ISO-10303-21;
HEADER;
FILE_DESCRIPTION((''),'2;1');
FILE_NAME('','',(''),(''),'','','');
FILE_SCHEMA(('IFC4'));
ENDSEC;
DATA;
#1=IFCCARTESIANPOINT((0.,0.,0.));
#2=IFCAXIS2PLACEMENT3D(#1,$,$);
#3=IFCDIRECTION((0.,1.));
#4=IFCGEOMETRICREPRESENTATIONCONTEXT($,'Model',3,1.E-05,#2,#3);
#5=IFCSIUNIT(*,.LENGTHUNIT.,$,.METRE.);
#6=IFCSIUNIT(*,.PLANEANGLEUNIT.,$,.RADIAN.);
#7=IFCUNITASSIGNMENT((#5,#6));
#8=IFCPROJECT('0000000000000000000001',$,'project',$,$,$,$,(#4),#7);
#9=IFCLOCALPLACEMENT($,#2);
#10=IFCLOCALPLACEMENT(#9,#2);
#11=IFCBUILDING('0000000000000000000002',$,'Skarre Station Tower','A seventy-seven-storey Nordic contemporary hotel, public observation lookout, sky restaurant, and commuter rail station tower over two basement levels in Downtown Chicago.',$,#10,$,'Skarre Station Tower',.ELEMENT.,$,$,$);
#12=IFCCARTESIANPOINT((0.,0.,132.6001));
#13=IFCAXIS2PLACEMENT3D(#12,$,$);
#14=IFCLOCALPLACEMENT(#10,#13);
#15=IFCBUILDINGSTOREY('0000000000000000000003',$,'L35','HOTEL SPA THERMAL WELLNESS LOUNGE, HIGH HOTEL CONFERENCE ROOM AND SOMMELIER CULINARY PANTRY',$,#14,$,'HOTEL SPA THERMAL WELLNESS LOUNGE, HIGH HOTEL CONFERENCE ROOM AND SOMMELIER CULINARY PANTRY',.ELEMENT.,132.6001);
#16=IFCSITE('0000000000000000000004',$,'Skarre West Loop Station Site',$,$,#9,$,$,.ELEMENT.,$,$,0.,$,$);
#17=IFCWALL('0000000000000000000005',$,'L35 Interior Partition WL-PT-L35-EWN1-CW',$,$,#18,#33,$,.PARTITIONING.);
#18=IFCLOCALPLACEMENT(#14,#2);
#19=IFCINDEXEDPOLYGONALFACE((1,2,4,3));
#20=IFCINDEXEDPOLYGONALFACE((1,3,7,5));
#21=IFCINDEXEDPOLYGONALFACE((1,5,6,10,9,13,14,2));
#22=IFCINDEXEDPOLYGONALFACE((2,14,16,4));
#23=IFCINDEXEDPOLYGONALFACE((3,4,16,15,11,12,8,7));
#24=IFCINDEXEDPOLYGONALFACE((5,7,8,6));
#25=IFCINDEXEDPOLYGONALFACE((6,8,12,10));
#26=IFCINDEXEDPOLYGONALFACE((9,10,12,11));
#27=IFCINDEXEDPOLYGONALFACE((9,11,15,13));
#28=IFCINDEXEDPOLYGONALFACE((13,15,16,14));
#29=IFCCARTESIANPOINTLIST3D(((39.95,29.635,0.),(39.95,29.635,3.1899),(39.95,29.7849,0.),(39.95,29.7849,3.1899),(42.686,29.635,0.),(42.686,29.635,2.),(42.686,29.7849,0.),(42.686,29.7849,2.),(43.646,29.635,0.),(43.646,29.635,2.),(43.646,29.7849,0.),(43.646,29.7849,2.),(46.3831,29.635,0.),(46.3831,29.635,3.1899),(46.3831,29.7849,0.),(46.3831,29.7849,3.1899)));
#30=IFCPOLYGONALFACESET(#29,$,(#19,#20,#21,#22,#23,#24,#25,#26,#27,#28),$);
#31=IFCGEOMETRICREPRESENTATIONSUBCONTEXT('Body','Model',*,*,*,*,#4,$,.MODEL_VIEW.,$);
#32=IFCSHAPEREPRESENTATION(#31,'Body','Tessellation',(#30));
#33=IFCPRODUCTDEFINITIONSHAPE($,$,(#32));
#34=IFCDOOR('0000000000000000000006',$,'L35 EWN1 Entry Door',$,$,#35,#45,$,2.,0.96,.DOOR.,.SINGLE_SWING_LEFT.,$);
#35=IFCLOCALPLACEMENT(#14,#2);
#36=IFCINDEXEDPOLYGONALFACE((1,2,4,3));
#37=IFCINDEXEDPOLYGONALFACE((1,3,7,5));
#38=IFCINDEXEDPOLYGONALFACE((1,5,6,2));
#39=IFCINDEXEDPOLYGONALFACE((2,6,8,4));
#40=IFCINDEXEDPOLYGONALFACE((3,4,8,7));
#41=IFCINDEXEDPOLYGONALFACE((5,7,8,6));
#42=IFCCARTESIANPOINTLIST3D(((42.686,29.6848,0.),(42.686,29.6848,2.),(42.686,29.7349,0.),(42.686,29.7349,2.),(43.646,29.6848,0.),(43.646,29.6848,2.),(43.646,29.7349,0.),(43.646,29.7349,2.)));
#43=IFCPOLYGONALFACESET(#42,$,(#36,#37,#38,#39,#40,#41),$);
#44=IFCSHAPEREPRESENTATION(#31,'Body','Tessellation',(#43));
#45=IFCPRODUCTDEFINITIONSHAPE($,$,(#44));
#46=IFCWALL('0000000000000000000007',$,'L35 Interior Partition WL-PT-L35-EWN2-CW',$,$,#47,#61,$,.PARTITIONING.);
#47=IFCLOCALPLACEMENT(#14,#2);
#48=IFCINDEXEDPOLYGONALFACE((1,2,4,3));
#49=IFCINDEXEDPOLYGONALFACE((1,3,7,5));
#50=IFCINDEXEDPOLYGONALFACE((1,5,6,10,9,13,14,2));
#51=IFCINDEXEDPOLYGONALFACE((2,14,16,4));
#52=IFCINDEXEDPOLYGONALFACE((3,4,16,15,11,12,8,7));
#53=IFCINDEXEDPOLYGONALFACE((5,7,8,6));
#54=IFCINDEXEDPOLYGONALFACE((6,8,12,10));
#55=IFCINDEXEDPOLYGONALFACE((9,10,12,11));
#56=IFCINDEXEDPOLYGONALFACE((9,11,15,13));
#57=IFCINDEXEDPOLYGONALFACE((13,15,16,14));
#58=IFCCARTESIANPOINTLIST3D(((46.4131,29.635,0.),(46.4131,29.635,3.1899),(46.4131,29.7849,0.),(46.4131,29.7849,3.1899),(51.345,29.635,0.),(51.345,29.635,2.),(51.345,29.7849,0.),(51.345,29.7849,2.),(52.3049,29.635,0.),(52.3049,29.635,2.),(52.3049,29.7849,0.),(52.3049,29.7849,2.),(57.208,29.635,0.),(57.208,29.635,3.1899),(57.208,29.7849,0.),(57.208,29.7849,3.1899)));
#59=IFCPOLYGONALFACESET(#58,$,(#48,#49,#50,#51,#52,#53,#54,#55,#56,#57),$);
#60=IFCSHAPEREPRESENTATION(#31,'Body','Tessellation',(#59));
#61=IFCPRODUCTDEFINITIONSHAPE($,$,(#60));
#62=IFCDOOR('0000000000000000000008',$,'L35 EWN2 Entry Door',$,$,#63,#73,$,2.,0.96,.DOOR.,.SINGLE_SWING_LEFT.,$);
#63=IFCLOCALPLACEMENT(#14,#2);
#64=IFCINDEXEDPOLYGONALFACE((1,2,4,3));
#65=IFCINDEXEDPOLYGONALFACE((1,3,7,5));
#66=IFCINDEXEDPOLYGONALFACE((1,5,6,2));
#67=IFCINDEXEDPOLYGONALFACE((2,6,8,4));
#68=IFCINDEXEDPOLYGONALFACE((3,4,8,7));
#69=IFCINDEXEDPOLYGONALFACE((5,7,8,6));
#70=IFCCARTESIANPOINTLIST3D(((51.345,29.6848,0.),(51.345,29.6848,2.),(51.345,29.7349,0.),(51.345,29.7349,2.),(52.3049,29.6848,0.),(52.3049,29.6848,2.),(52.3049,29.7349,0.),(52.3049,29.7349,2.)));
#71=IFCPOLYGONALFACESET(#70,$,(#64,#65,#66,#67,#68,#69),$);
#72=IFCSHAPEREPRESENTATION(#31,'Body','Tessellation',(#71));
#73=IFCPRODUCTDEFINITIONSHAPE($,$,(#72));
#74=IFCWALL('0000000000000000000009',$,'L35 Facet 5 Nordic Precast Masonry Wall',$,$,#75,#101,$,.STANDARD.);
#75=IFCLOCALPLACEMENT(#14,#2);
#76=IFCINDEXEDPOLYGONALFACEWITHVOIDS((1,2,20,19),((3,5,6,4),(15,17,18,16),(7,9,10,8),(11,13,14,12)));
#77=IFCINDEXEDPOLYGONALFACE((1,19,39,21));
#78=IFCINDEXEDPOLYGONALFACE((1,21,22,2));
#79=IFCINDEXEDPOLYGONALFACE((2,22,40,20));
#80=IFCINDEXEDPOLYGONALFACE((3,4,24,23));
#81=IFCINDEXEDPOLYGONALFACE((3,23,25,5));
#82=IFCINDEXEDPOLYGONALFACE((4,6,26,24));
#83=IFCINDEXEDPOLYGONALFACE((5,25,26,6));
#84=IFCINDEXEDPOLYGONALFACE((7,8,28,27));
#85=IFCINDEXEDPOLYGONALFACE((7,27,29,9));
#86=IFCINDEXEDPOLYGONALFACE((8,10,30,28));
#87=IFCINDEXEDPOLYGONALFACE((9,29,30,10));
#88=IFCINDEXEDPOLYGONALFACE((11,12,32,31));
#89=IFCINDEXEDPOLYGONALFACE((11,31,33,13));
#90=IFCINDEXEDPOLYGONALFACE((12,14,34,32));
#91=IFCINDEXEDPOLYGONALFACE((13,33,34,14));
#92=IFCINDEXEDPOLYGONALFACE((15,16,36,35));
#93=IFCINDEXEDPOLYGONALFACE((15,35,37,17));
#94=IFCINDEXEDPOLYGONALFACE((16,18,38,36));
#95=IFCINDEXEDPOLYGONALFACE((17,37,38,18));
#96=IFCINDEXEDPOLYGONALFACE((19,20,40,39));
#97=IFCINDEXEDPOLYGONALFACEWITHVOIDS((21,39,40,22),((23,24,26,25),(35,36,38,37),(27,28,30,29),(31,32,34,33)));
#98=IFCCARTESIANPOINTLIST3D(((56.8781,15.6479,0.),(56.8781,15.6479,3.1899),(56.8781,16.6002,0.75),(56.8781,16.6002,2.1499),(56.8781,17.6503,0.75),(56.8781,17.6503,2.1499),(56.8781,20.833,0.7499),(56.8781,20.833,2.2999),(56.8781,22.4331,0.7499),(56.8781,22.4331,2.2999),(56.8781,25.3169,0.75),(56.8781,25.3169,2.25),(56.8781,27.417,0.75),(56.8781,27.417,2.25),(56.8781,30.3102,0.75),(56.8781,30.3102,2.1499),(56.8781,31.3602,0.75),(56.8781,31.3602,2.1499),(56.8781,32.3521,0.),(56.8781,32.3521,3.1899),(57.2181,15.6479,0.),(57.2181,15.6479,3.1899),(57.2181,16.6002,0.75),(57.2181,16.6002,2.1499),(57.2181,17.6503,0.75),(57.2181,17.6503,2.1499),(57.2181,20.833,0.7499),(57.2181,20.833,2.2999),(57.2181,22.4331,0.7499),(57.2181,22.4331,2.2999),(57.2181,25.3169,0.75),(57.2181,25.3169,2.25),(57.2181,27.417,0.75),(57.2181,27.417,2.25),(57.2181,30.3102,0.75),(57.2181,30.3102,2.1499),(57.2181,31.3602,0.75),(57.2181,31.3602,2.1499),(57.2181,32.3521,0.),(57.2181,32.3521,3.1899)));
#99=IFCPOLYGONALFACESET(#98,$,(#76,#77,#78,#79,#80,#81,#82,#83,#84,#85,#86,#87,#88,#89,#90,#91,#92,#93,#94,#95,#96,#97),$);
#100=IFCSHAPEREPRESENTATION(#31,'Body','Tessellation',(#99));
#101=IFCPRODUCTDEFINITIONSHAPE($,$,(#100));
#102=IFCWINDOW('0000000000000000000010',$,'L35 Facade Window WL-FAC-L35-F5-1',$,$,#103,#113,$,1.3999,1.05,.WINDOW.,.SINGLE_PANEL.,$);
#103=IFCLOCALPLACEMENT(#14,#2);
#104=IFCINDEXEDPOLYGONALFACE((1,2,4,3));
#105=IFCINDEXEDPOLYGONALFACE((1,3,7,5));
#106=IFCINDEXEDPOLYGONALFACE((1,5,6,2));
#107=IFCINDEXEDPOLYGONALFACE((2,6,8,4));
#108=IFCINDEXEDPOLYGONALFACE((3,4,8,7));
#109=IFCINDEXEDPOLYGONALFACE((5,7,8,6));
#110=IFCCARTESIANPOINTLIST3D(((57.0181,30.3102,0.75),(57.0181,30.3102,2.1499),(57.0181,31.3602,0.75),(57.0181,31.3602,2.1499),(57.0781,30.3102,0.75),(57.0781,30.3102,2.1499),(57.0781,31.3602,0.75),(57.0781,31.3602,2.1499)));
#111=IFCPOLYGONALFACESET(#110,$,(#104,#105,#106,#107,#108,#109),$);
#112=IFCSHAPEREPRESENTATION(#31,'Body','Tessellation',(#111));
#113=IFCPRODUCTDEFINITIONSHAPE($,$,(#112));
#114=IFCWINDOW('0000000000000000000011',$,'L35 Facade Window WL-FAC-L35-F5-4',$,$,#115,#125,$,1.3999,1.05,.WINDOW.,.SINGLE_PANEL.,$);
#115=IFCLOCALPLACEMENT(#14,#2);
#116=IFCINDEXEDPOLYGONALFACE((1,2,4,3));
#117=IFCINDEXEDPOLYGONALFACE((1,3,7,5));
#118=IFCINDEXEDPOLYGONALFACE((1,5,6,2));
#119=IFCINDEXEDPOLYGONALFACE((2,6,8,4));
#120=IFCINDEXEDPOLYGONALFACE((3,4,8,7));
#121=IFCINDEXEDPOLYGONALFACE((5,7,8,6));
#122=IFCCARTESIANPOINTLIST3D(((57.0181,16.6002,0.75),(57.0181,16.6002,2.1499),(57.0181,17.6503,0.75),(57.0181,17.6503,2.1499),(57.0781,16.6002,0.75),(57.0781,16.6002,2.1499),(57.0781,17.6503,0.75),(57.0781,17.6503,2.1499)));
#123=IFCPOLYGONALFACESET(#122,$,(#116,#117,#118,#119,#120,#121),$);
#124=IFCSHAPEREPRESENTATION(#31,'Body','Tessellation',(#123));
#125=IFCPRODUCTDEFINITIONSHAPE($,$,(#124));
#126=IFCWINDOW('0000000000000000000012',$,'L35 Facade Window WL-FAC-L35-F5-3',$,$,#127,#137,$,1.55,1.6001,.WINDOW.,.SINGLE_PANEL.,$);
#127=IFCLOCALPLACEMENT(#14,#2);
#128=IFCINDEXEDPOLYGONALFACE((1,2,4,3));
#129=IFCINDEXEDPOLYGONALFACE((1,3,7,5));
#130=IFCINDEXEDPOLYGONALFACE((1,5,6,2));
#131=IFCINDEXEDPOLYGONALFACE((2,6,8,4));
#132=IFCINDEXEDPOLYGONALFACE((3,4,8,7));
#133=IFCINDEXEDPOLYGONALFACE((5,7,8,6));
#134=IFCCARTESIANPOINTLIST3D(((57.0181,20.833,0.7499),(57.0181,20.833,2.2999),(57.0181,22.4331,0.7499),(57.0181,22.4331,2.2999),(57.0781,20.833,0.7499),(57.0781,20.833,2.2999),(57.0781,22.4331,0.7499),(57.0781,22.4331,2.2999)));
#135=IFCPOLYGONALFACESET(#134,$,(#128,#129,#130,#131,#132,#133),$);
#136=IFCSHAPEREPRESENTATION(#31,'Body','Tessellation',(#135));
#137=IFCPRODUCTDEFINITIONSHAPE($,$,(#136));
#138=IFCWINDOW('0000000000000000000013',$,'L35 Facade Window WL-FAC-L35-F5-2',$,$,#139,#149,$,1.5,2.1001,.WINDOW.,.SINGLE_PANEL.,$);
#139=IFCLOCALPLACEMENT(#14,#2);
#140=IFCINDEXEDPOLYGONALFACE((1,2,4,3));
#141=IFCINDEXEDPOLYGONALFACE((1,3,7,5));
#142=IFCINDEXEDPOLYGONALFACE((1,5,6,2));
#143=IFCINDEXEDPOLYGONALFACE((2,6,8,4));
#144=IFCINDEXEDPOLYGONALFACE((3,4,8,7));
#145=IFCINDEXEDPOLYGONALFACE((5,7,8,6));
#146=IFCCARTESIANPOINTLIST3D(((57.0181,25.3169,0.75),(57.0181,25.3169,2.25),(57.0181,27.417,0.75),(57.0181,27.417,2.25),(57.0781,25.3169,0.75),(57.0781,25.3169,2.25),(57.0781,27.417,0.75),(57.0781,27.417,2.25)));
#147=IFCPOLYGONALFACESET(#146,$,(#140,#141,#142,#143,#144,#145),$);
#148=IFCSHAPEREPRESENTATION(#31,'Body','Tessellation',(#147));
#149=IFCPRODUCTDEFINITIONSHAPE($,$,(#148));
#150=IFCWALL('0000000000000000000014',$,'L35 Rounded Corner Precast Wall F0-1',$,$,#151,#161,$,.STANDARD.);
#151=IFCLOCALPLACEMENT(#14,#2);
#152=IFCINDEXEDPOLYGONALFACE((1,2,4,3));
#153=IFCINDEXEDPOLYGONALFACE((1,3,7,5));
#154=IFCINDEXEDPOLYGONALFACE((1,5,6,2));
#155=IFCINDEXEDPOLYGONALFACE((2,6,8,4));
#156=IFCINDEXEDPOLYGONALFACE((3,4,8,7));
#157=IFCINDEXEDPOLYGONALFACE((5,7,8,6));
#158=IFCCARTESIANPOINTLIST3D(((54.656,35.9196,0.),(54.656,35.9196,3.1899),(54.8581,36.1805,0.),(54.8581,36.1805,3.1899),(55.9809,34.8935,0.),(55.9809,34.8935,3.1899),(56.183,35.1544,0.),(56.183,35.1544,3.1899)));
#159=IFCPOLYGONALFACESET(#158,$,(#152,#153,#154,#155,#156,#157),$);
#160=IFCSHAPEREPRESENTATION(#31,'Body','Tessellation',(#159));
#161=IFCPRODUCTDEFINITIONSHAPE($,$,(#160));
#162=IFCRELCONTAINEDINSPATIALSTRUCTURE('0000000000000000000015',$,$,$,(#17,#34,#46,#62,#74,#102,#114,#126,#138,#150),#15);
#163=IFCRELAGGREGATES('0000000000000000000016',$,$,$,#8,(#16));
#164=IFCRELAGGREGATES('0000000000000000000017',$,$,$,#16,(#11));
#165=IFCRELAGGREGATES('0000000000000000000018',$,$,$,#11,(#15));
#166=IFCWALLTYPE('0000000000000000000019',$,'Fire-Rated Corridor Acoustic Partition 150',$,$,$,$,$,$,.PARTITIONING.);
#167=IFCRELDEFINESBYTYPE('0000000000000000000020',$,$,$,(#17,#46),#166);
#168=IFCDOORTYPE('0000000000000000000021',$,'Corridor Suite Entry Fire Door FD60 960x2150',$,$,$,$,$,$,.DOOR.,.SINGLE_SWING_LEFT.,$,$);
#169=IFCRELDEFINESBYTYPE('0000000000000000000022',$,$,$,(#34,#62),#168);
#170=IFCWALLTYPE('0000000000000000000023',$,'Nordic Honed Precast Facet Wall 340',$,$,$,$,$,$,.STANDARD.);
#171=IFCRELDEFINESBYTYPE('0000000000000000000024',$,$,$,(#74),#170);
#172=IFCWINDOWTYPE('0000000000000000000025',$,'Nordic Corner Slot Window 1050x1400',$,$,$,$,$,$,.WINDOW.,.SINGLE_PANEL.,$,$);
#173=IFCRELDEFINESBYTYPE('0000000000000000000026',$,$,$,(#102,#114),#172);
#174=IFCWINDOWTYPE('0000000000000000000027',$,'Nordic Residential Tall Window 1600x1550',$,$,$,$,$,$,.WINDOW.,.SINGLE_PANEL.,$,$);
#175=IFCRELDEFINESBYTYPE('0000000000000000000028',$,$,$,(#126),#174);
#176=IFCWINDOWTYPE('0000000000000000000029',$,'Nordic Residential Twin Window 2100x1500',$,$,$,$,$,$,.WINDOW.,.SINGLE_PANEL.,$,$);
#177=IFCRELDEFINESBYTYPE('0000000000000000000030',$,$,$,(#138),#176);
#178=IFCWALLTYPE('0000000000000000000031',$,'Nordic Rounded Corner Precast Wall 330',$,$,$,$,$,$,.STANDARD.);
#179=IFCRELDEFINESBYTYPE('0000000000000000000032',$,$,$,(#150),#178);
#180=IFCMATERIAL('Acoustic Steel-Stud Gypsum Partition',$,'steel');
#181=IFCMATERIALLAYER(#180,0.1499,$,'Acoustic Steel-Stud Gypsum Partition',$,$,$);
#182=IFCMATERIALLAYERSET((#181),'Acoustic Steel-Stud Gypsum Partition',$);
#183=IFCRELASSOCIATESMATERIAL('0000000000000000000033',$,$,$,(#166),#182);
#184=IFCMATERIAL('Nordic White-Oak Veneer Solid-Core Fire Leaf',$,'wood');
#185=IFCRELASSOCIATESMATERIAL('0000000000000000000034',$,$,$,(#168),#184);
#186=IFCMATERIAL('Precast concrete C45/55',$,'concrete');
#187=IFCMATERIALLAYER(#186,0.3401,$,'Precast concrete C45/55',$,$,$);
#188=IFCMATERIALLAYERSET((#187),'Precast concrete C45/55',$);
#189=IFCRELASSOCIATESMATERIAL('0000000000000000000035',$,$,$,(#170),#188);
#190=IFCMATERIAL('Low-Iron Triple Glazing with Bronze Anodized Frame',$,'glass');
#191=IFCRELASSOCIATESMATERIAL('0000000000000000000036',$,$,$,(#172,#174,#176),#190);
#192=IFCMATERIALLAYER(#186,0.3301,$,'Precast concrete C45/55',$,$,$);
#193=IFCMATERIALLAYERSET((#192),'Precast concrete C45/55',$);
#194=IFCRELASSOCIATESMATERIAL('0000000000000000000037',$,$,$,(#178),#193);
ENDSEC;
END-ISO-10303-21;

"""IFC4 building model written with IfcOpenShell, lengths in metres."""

from ifc_helpers import new_model, si_unit, direction, frame, frame_2d, origin, place, context, subcontext, project, spatial, rectangle, extrude, material, layer, layer_set, type_object, element, fill, save


model = new_model("IFC4")

# Units and contexts
model_context = context("Model", 3, precision=1e-05, world=origin(), true_north=direction((0.0, 1.0)))
body_context = subcontext(model_context, "Body", "Model", "MODEL_VIEW")
ifc_project = project(units=[si_unit("LENGTHUNIT", "METRE"), si_unit("PLANEANGLEUNIT", "RADIAN")], contexts=[model_context])

# Site, building, storey
site_placement = place(None, origin())
site = spatial("IfcSite", under=ifc_project, at=site_placement, Name="Skarre West Loop Station Site", CompositionType="ELEMENT", RefElevation=0.0)
building_placement = place(site_placement, origin())
building = spatial("IfcBuilding", under=site, at=building_placement, Name="Skarre Station Tower", Description="A seventy-seven-storey Nordic contemporary hotel, public observation lookout, sky restaurant, and commuter rail station tower over two basement levels in Downtown Chicago.", LongName="Skarre Station Tower", CompositionType="ELEMENT")
storey_placement = place(building_placement, frame((0.0, 0.0, 132.6001)))
storey = spatial("IfcBuildingStorey", under=building, at=storey_placement, Name="L35", Description="HOTEL SPA THERMAL WELLNESS LOUNGE, HIGH HOTEL CONFERENCE ROOM AND SOMMELIER CULINARY PANTRY", LongName="HOTEL SPA THERMAL WELLNESS LOUNGE, HIGH HOTEL CONFERENCE ROOM AND SOMMELIER CULINARY PANTRY", CompositionType="ELEMENT", Elevation=132.6001)

# Shared definitions
ifc_material_1 = material(Name="Acoustic Steel-Stud Gypsum Partition", Category="steel")
ifc_layer_1 = layer(ifc_material_1, 0.1499, Name="Acoustic Steel-Stud Gypsum Partition")
ifc_layer_set_1 = layer_set([ifc_layer_1], Name="Acoustic Steel-Stud Gypsum Partition")
wall_type_1 = type_object("IfcWallType", Name="Fire-Rated Corridor Acoustic Partition 150", PredefinedType="PARTITIONING", material=ifc_layer_set_1)

# Walls, openings, doors
ifc_material_2 = material(Name="Nordic White-Oak Veneer Solid-Core Fire Leaf", Category="wood")
door_type = type_object("IfcDoorType", Name="Corridor Suite Entry Fire Door FD60 960x2150", OperationType="SINGLE_SWING_LEFT", PredefinedType="DOOR", material=ifc_material_2)
wall_1_placement = place(storey_placement, frame((39.95, 29.71, 0.0), z_axis=(0.0, 0.0, 1.0), x_axis=(1.0, 0.0, 0.0)))
wall_1 = element("IfcWall", 1, at=wall_1_placement, inside=storey, type_object=wall_type_1, Name="L35 Interior Partition WL-PT-L35-EWN1-CW", PredefinedType="PARTITIONING", context=body_context, shape_type="SweptSolid", body=[
    extrude(rectangle(XDim=6.4331, YDim=0.1499, at=frame_2d((3.2166, 0.0))), origin(), (0.0, 0.0, 1.0), 3.1899),
])
opening_1_placement = place(wall_1_placement, frame((2.7361, 0.0, 0.0)))
opening_1 = element("IfcOpeningElement", 2, at=opening_1_placement, cuts=wall_1, PredefinedType="OPENING", context=body_context, shape_type="SweptSolid", body=[
    extrude(rectangle(XDim=0.96, YDim=2.0, at=frame_2d((0.48, 1.0))), frame((0.0, 0.085, 0.0), z_axis=(0.0, -1.0, 0.0), x_axis=(1.0, 0.0, 0.0)), (0.0, 0.0, 1.0), 0.1699),
])
door_1_placement = place(opening_1_placement, origin())
door_1 = element("IfcDoor", 3, at=door_1_placement, inside=storey, type_object=door_type, Name="L35 EWN1 Entry Door", OperationType="SINGLE_SWING_LEFT", OverallHeight=2.0, OverallWidth=0.96, PredefinedType="DOOR", context=body_context, shape_type="SweptSolid", body=[
    extrude(rectangle(XDim=0.96, YDim=2.0, at=frame_2d((0.48, 1.0))), frame((0.0, 0.0249, 0.0), z_axis=(0.0, -1.0, 0.0), x_axis=(1.0, 0.0, 0.0)), (0.0, 0.0, 1.0), 0.05),
])
fill(opening_1, door_1)
wall_2_placement = place(storey_placement, frame((46.4131, 29.71, 0.0), z_axis=(0.0, 0.0, 1.0), x_axis=(1.0, 0.0, 0.0)))
wall_2 = element("IfcWall", 4, at=wall_2_placement, inside=storey, type_object=wall_type_1, Name="L35 Interior Partition WL-PT-L35-EWN2-CW", PredefinedType="PARTITIONING", context=body_context, shape_type="SweptSolid", body=[
    extrude(rectangle(XDim=10.7949, YDim=0.1499, at=frame_2d((5.3975, 0.0))), origin(), (0.0, 0.0, 1.0), 3.1899),
])
opening_2_placement = place(wall_2_placement, frame((4.9319, 0.0, 0.0)))
opening_2 = element("IfcOpeningElement", 5, at=opening_2_placement, cuts=wall_2, PredefinedType="OPENING", context=body_context, shape_type="SweptSolid", body=[
    extrude(rectangle(XDim=0.96, YDim=2.0, at=frame_2d((0.48, 1.0))), frame((0.0, 0.085, 0.0), z_axis=(0.0, -1.0, 0.0), x_axis=(1.0, 0.0, 0.0)), (0.0, 0.0, 1.0), 0.1699),
])
door_2_placement = place(opening_2_placement, origin())
door_2 = element("IfcDoor", 6, at=door_2_placement, inside=storey, type_object=door_type, Name="L35 EWN2 Entry Door", OperationType="SINGLE_SWING_LEFT", OverallHeight=2.0, OverallWidth=0.96, PredefinedType="DOOR", context=body_context, shape_type="SweptSolid", body=[
    extrude(rectangle(XDim=0.96, YDim=2.0, at=frame_2d((0.48, 1.0))), frame((0.0, 0.0249, 0.0), z_axis=(0.0, -1.0, 0.0), x_axis=(1.0, 0.0, 0.0)), (0.0, 0.0, 1.0), 0.05),
])
fill(opening_2, door_2)

# Wall, openings, windows
ifc_material_3 = material(Name="Precast concrete C45/55", Category="concrete")
ifc_layer_2 = layer(ifc_material_3, 0.3401, Name="Precast concrete C45/55")
ifc_layer_set_2 = layer_set([ifc_layer_2], Name="Precast concrete C45/55")
wall_type_2 = type_object("IfcWallType", Name="Nordic Honed Precast Facet Wall 340", PredefinedType="STANDARD", material=ifc_layer_set_2)
wall_3_placement = place(storey_placement, frame((57.0481, 32.3521, 0.0), z_axis=(0.0, 0.0, 1.0), x_axis=(0.0, -1.0, 0.0)))
wall_3 = element("IfcWall", 7, at=wall_3_placement, inside=storey, type_object=wall_type_2, Name="L35 Facet 5 Nordic Precast Masonry Wall", PredefinedType="STANDARD", context=body_context, shape_type="SweptSolid", body=[
    extrude(rectangle(XDim=16.7041, YDim=0.3401, at=frame_2d((8.3521, 0.0))), origin(), (0.0, 0.0, 1.0), 3.1899),
])
opening_3_placement = place(wall_3_placement, frame((0.9919, 0.0, 0.75)))
opening_3 = element("IfcOpeningElement", 8, at=opening_3_placement, cuts=wall_3, PredefinedType="OPENING", context=body_context, shape_type="SweptSolid", body=[
    extrude(rectangle(XDim=1.05, YDim=1.3999, at=frame_2d((0.5249, 0.7))), frame((0.0, 0.1799, 0.0), z_axis=(0.0, -1.0, 0.0), x_axis=(1.0, 0.0, 0.0)), (0.0, 0.0, 1.0), 0.3601),
])
opening_4_placement = place(wall_3_placement, frame((4.9351, 0.0, 0.75)))
opening_4 = element("IfcOpeningElement", 9, at=opening_4_placement, cuts=wall_3, PredefinedType="OPENING", context=body_context, shape_type="SweptSolid", body=[
    extrude(rectangle(XDim=2.1001, YDim=1.5, at=frame_2d((1.05, 0.75))), frame((0.0, 0.1799, 0.0), z_axis=(0.0, -1.0, 0.0), x_axis=(1.0, 0.0, 0.0)), (0.0, 0.0, 1.0), 0.3601),
])
opening_5_placement = place(wall_3_placement, frame((9.9189, 0.0, 0.75)))
opening_5 = element("IfcOpeningElement", 10, at=opening_5_placement, cuts=wall_3, PredefinedType="OPENING", context=body_context, shape_type="SweptSolid", body=[
    extrude(rectangle(XDim=1.6001, YDim=1.55, at=frame_2d((0.8, 0.7749))), frame((0.0, 0.1799, 0.0), z_axis=(0.0, -1.0, 0.0), x_axis=(1.0, 0.0, 0.0)), (0.0, 0.0, 1.0), 0.3601),
])
opening_6_placement = place(wall_3_placement, frame((14.7019, 0.0, 0.75)))
opening_6 = element("IfcOpeningElement", 11, at=opening_6_placement, cuts=wall_3, PredefinedType="OPENING", context=body_context, shape_type="SweptSolid", body=[
    extrude(rectangle(XDim=1.05, YDim=1.3999, at=frame_2d((0.5249, 0.7))), frame((0.0, 0.1799, 0.0), z_axis=(0.0, -1.0, 0.0), x_axis=(1.0, 0.0, 0.0)), (0.0, 0.0, 1.0), 0.3601),
])
ifc_material_4 = material(Name="Low-Iron Triple Glazing with Bronze Anodized Frame", Category="glass")
window_type_1 = type_object("IfcWindowType", Name="Nordic Corner Slot Window 1050x1400", PartitioningType="SINGLE_PANEL", PredefinedType="WINDOW", material=ifc_material_4)
window_1_placement = place(opening_3_placement, origin())
window_1 = element("IfcWindow", 12, at=window_1_placement, inside=storey, type_object=window_type_1, Name="L35 Facade Window WL-FAC-L35-F5-1", OverallHeight=1.3999, OverallWidth=1.05, PartitioningType="SINGLE_PANEL", PredefinedType="WINDOW", context=body_context, shape_type="SweptSolid", body=[
    extrude(rectangle(XDim=1.05, YDim=1.3999, at=frame_2d((0.5249, 0.7))), frame((0.0, 0.03, 0.0), z_axis=(0.0, -1.0, 0.0), x_axis=(1.0, 0.0, 0.0)), (0.0, 0.0, 1.0), 0.0601),
])
fill(opening_3, window_1)
window_2_placement = place(opening_6_placement, origin())
window_2 = element("IfcWindow", 13, at=window_2_placement, inside=storey, type_object=window_type_1, Name="L35 Facade Window WL-FAC-L35-F5-4", OverallHeight=1.3999, OverallWidth=1.05, PartitioningType="SINGLE_PANEL", PredefinedType="WINDOW", context=body_context, shape_type="SweptSolid", body=[
    extrude(rectangle(XDim=1.05, YDim=1.3999, at=frame_2d((0.5249, 0.7))), frame((0.0, 0.03, 0.0), z_axis=(0.0, -1.0, 0.0), x_axis=(1.0, 0.0, 0.0)), (0.0, 0.0, 1.0), 0.0601),
])
fill(opening_6, window_2)
window_type_2 = type_object("IfcWindowType", Name="Nordic Residential Tall Window 1600x1550", PartitioningType="SINGLE_PANEL", PredefinedType="WINDOW", material=ifc_material_4)
window_3_placement = place(opening_5_placement, origin())
window_3 = element("IfcWindow", 14, at=window_3_placement, inside=storey, type_object=window_type_2, Name="L35 Facade Window WL-FAC-L35-F5-3", OverallHeight=1.55, OverallWidth=1.6001, PartitioningType="SINGLE_PANEL", PredefinedType="WINDOW", context=body_context, shape_type="SweptSolid", body=[
    extrude(rectangle(XDim=1.6001, YDim=1.55, at=frame_2d((0.8, 0.7749))), frame((0.0, 0.03, 0.0), z_axis=(0.0, -1.0, 0.0), x_axis=(1.0, 0.0, 0.0)), (0.0, 0.0, 1.0), 0.0601),
])
fill(opening_5, window_3)
window_type_3 = type_object("IfcWindowType", Name="Nordic Residential Twin Window 2100x1500", PartitioningType="SINGLE_PANEL", PredefinedType="WINDOW", material=ifc_material_4)
window_4_placement = place(opening_4_placement, origin())
window_4 = element("IfcWindow", 15, at=window_4_placement, inside=storey, type_object=window_type_3, Name="L35 Facade Window WL-FAC-L35-F5-2", OverallHeight=1.5, OverallWidth=2.1001, PartitioningType="SINGLE_PANEL", PredefinedType="WINDOW", context=body_context, shape_type="SweptSolid", body=[
    extrude(rectangle(XDim=2.1001, YDim=1.5, at=frame_2d((1.05, 0.75))), frame((0.0, 0.03, 0.0), z_axis=(0.0, -1.0, 0.0), x_axis=(1.0, 0.0, 0.0)), (0.0, 0.0, 1.0), 0.0601),
])
fill(opening_4, window_4)

# Wall
ifc_layer_3 = layer(ifc_material_3, 0.3301, Name="Precast concrete C45/55")
ifc_layer_set_3 = layer_set([ifc_layer_3], Name="Precast concrete C45/55")
wall_type_3 = type_object("IfcWallType", Name="Nordic Rounded Corner Precast Wall 330", PredefinedType="STANDARD", material=ifc_layer_set_3)
wall_4_placement = place(storey_placement, frame((54.7571, 36.05, 0.0), z_axis=(0.0, 0.0, 1.0), x_axis=(0.790621, -0.612305, 0.0)))
element("IfcWall", 16, at=wall_4_placement, inside=storey, type_object=wall_type_3, Name="L35 Rounded Corner Precast Wall F0-1", PredefinedType="STANDARD", context=body_context, shape_type="SweptSolid", body=[
    extrude(rectangle(XDim=1.6758, YDim=0.3301, at=frame_2d((0.8379, 0.0))), origin(), (0.0, 0.0, 1.0), 3.1899),
])

save(model, "model.ifc")
